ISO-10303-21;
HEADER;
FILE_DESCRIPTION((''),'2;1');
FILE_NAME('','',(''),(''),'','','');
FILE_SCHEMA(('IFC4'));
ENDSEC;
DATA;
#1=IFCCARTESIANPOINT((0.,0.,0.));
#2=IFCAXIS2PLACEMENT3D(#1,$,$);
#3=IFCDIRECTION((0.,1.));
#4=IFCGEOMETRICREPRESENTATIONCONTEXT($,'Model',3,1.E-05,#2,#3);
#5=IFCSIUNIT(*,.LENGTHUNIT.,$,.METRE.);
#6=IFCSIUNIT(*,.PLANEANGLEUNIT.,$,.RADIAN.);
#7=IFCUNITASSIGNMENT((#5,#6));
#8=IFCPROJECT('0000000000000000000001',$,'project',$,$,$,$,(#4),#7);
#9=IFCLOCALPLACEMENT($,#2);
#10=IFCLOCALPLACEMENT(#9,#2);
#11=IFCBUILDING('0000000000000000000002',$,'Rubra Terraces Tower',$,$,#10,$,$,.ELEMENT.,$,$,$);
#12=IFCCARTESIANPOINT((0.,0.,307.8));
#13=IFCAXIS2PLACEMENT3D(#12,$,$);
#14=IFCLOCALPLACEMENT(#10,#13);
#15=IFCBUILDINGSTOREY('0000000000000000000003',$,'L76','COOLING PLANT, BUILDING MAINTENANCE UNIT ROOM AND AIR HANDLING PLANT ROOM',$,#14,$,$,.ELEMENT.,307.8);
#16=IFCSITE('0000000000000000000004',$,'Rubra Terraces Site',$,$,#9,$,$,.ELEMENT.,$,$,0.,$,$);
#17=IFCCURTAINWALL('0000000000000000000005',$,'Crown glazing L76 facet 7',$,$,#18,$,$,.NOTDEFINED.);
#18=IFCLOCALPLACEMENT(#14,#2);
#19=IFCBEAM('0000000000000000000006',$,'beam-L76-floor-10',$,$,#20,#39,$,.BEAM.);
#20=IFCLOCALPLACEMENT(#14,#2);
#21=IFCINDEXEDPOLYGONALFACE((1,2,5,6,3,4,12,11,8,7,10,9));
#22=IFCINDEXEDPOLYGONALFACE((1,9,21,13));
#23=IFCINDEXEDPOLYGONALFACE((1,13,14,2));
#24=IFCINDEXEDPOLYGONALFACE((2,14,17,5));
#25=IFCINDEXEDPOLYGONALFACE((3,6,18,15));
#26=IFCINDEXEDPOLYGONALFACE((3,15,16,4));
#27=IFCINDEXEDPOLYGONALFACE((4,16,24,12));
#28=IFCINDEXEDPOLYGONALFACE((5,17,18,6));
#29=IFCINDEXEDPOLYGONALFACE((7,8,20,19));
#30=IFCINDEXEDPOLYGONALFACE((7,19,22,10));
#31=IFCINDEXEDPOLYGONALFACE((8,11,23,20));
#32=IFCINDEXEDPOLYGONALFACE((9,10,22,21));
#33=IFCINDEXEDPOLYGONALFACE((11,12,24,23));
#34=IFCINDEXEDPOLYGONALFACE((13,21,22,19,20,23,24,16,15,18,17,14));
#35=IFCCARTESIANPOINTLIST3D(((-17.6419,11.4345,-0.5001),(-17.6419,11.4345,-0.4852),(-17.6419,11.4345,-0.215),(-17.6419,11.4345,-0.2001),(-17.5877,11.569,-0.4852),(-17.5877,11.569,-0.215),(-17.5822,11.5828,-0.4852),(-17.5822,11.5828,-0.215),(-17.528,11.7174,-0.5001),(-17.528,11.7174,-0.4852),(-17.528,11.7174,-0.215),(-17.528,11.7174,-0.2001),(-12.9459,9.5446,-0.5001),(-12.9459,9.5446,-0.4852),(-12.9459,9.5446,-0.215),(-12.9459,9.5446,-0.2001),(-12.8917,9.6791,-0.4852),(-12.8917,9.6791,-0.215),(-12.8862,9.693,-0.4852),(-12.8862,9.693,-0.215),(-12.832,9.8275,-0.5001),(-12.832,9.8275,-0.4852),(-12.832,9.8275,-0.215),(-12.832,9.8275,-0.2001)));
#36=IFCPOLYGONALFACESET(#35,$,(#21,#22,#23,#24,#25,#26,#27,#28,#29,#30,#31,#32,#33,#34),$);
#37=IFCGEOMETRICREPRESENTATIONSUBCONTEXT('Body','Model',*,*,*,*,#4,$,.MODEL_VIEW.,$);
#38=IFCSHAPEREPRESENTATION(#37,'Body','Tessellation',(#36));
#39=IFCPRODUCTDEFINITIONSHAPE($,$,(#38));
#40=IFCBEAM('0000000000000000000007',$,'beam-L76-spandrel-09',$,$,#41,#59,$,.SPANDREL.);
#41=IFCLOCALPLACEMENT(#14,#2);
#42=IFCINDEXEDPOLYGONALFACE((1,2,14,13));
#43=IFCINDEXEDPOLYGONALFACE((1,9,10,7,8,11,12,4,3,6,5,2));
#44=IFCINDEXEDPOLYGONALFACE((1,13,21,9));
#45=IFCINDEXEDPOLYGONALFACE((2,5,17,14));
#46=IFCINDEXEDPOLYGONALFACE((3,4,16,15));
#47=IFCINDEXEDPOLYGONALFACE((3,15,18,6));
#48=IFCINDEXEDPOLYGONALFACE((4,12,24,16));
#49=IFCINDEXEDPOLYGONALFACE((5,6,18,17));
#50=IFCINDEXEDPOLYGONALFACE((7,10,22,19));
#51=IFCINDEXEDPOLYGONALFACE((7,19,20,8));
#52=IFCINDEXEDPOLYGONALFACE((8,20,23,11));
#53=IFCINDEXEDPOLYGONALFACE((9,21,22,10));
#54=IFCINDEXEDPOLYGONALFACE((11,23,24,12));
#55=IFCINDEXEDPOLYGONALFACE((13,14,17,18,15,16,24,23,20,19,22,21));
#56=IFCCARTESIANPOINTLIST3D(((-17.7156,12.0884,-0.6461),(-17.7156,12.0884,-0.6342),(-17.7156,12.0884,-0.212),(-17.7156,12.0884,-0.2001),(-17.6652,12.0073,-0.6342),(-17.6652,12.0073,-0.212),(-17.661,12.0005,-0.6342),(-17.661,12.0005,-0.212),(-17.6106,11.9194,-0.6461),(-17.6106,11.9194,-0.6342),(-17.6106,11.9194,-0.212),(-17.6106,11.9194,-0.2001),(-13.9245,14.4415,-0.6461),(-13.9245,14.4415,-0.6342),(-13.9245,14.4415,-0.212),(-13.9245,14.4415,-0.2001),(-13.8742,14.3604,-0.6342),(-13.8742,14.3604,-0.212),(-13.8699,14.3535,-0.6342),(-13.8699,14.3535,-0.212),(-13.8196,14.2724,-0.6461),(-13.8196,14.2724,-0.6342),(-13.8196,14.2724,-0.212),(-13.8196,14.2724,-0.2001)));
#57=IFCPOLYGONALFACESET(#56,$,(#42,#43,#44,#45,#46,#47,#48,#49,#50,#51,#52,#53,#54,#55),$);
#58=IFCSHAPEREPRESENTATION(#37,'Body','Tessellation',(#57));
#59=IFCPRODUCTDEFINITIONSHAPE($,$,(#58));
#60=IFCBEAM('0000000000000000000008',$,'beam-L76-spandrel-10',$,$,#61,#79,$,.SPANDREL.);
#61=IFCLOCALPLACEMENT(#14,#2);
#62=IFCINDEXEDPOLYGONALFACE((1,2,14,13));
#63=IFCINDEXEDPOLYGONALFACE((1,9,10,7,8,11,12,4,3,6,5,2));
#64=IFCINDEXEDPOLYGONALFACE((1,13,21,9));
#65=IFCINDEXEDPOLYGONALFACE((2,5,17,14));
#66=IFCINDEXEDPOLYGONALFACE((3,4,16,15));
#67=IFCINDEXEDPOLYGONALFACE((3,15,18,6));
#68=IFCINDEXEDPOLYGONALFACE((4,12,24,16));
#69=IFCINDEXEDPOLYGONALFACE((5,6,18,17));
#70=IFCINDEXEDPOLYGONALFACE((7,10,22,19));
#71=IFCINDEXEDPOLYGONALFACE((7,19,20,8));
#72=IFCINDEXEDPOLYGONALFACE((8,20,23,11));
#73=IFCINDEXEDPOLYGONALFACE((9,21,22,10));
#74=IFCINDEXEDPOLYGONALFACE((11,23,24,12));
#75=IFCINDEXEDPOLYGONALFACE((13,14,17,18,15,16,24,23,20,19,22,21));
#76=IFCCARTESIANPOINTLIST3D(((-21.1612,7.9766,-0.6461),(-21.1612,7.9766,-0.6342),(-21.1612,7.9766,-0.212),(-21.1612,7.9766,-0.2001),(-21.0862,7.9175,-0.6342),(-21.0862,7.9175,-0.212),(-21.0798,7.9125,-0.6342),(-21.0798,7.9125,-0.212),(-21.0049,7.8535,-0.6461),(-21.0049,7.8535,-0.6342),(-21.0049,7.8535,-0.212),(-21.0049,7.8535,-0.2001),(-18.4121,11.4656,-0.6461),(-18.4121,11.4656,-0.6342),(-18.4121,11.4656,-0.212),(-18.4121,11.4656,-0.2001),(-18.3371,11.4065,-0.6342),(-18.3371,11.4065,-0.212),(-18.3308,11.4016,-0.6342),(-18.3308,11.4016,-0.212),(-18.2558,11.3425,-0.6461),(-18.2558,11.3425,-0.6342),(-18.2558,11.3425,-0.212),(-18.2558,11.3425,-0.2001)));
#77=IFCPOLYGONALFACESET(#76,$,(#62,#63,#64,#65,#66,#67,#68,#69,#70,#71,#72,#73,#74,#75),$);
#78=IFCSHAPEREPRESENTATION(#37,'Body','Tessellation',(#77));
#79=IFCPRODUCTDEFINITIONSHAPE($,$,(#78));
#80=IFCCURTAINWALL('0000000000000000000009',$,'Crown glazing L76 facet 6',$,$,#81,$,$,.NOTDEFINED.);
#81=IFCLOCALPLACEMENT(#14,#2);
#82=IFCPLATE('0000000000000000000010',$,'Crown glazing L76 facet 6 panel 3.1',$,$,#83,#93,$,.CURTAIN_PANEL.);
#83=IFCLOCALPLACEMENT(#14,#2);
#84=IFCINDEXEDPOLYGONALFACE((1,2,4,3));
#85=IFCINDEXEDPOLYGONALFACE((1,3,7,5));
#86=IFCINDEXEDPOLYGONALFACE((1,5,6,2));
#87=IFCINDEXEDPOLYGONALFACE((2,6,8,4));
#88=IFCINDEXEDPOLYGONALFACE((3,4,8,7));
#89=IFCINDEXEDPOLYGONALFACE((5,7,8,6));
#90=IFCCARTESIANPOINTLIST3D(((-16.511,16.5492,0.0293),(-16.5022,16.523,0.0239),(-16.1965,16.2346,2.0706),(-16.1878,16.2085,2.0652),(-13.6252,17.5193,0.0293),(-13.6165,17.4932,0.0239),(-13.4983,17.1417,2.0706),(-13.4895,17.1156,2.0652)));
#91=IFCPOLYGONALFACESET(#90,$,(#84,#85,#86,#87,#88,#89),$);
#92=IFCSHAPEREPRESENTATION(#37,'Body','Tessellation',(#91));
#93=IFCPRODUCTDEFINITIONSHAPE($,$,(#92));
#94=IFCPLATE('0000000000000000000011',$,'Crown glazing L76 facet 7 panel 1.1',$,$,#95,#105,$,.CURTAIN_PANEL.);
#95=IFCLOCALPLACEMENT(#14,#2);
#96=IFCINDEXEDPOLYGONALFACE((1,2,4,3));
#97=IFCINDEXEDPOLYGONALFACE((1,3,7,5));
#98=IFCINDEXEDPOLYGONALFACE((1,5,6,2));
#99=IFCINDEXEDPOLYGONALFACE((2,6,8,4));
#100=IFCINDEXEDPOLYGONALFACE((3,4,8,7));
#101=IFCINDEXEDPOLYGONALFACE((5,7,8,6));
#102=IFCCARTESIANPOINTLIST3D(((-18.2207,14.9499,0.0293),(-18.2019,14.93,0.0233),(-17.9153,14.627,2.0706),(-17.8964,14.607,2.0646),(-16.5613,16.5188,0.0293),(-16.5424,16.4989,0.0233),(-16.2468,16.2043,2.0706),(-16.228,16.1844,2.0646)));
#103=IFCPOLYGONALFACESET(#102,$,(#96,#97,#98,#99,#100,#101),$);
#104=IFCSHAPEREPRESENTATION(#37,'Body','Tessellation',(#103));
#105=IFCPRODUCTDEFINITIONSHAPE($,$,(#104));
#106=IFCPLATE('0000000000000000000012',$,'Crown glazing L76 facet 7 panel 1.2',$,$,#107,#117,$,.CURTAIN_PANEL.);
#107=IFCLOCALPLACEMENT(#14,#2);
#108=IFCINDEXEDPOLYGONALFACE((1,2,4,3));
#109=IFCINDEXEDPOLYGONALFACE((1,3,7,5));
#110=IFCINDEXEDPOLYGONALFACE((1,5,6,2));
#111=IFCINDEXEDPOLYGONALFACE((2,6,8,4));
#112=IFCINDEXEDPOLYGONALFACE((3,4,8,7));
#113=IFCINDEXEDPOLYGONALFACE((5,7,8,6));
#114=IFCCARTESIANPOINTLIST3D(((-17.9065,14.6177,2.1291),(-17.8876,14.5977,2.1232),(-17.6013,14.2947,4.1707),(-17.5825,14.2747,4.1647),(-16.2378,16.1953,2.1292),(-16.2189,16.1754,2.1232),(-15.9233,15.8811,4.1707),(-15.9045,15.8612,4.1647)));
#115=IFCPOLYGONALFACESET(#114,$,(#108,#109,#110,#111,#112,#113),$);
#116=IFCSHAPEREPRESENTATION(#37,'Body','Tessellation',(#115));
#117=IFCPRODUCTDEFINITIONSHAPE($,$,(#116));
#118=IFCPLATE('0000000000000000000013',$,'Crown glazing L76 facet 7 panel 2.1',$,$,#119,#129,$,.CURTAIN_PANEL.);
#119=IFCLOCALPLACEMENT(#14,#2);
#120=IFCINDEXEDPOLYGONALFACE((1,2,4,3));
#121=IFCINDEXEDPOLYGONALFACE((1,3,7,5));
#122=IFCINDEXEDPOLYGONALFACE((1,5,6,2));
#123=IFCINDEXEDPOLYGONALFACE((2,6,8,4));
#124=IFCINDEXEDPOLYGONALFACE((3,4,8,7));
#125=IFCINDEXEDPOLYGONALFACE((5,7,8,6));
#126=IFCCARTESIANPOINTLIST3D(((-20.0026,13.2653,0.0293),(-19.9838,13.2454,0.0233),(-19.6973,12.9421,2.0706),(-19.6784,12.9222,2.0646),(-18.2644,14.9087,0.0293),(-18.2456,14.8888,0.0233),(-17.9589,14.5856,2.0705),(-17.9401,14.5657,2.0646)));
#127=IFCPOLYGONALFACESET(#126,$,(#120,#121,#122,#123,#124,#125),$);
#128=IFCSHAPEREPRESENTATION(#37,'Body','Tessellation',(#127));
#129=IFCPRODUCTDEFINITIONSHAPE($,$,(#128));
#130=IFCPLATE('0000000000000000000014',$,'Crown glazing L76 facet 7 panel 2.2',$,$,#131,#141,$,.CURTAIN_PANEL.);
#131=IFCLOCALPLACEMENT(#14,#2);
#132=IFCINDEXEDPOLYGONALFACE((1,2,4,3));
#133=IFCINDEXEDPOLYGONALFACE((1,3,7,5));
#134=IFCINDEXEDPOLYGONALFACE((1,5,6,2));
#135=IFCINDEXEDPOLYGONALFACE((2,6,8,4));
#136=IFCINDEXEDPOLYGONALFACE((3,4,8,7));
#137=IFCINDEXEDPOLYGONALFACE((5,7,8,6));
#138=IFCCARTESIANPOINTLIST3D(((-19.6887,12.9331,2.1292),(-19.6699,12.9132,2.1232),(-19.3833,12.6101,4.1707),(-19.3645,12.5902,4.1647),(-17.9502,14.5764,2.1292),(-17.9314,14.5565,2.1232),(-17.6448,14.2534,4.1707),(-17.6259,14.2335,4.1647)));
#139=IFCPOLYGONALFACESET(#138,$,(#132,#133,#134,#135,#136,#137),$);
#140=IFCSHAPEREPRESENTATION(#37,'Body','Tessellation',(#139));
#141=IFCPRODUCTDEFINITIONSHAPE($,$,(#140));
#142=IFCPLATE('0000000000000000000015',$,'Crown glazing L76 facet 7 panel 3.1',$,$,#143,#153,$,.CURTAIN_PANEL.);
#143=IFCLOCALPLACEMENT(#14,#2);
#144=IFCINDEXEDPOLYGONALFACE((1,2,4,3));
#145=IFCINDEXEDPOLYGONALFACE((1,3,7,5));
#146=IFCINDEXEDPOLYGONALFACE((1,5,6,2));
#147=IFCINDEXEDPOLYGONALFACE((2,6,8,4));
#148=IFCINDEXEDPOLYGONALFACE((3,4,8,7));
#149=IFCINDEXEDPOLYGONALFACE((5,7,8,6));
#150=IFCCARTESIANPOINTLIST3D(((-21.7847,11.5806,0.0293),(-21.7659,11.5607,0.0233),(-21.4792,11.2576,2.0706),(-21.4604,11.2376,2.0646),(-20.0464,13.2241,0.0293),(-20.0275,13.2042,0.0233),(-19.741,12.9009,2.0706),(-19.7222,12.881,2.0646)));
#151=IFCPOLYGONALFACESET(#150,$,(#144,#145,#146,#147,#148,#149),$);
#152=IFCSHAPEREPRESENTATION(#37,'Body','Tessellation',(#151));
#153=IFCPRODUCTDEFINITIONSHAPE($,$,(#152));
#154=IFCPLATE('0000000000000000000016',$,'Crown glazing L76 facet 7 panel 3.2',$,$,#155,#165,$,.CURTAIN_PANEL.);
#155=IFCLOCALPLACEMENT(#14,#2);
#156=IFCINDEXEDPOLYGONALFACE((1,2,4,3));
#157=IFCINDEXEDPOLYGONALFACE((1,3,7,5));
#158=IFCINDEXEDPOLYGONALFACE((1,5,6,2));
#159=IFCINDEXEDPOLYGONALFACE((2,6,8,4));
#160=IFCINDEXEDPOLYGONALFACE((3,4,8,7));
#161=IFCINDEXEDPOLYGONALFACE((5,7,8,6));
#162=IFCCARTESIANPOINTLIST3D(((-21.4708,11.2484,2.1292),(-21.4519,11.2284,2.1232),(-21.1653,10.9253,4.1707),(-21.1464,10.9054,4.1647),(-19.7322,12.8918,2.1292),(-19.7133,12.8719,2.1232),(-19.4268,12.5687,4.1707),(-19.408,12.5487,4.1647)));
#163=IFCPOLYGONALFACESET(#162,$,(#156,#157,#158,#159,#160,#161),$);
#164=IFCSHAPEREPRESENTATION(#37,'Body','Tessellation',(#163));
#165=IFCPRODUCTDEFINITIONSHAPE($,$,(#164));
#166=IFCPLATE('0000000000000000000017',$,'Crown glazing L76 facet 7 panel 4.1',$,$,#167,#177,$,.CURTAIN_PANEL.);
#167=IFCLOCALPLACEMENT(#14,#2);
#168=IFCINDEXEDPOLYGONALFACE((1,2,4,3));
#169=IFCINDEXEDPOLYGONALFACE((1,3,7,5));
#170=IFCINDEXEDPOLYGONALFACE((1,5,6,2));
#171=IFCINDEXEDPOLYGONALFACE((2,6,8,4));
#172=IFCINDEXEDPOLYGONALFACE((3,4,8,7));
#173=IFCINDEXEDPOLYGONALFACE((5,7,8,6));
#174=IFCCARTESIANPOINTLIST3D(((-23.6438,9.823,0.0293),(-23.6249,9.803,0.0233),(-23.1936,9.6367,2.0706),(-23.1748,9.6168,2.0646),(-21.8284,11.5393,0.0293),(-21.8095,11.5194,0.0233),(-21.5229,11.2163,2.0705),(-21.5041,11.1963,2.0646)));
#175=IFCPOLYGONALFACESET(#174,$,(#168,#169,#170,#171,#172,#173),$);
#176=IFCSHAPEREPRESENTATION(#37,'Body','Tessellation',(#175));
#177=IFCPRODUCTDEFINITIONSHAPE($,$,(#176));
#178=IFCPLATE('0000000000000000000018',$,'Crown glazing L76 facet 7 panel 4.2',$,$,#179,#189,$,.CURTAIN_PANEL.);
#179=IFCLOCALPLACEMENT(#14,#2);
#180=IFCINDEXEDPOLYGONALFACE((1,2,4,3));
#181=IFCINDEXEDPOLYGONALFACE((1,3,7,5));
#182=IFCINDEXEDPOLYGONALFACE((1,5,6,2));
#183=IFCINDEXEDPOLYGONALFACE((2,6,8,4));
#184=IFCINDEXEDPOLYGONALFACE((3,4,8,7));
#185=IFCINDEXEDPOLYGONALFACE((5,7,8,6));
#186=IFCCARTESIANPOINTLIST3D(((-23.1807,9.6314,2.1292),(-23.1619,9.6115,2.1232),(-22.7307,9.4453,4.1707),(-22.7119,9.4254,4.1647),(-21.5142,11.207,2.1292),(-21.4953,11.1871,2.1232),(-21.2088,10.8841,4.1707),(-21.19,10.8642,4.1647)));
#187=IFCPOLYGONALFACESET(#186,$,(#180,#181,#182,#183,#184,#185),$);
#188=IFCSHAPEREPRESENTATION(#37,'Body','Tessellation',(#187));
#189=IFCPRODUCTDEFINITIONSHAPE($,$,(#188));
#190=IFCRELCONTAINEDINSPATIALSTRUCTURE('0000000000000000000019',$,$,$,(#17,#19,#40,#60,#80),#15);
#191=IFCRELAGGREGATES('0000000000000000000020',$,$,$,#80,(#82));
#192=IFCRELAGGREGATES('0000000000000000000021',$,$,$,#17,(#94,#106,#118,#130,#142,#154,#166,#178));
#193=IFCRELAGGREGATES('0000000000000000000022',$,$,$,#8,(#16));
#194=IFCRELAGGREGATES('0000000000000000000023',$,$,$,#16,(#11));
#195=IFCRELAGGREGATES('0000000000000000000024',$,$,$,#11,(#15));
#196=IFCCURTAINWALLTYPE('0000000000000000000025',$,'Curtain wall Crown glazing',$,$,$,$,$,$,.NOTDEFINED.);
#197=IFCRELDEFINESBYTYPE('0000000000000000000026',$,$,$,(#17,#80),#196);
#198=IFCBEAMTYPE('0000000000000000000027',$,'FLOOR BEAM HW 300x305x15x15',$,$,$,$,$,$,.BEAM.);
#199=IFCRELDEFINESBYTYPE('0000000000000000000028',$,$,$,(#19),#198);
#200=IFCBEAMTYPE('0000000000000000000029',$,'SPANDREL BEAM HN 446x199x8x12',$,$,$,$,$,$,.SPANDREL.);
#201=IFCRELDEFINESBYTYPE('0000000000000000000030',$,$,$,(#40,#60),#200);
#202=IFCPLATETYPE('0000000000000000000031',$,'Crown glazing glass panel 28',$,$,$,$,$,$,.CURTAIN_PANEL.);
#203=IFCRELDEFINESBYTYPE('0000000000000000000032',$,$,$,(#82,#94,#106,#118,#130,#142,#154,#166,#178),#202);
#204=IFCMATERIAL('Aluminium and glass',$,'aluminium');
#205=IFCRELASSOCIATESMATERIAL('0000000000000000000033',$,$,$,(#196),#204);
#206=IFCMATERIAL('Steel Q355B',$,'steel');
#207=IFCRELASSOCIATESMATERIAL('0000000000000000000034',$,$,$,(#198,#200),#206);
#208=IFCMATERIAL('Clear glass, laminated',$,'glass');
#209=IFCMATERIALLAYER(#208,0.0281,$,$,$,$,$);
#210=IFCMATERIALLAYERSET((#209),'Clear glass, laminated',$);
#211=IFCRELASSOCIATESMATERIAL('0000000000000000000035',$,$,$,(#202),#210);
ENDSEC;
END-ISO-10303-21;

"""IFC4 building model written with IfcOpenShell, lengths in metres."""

from ifc_helpers import new_model, si_unit, direction, frame, origin, origin_2d, place, context, subcontext, project, spatial, polyline, i_section, outline, extrude, material, layer, layer_set, material_profile, profile_set, type_object, element, aggregate, save


model = new_model("IFC4")

# Units and contexts
model_context = context("Model", 3, precision=1e-05, world=origin(), true_north=direction((0.0, 1.0)))
body_context = subcontext(model_context, "Body", "Model", "MODEL_VIEW")
ifc_project = project(units=[si_unit("LENGTHUNIT", "METRE"), si_unit("PLANEANGLEUNIT", "RADIAN")], contexts=[model_context])

# Site, building, storey
site_placement = place(None, origin())
site = spatial("IfcSite", under=ifc_project, at=site_placement, Name="Rubra Terraces Site", CompositionType="ELEMENT", RefElevation=0.0)
building_placement = place(site_placement, origin())
building = spatial("IfcBuilding", under=site, at=building_placement, Name="Rubra Terraces Tower", CompositionType="ELEMENT")
storey_placement = place(building_placement, frame((0.0, 0.0, 307.8)))
storey = spatial("IfcBuildingStorey", under=building, at=storey_placement, Name="L76", Description="COOLING PLANT, BUILDING MAINTENANCE UNIT ROOM AND AIR HANDLING PLANT ROOM", CompositionType="ELEMENT", Elevation=307.8)

# Shared definitions
ifc_material_1 = material(Name="Steel Q355B", Category="steel")

# Curtain wall
ifc_material_2 = material(Name="Aluminium and glass", Category="aluminium")
curtain_wall_type = type_object("IfcCurtainWallType", Name="Curtain wall Crown glazing", PredefinedType="NOTDEFINED", material=ifc_material_2)
curtain_wall_1_placement = place(storey_placement, origin())
curtain_wall_1 = element("IfcCurtainWall", 1, at=curtain_wall_1_placement, inside=storey, type_object=curtain_wall_type, Name="Crown glazing L76 facet 7", PredefinedType="NOTDEFINED")

# Beams
ifc_material_profile_1 = material_profile(ifc_material_1, i_section(OverallWidth=0.3049, OverallDepth=0.3, WebThickness=0.0149, FlangeThickness=0.0149, at=origin_2d()), Name="HW 300x305x15x15")
ifc_profile_set_1 = profile_set([ifc_material_profile_1], Name="Steel Q355B")
beam_type_1 = type_object("IfcBeamType", Name="FLOOR BEAM HW 300x305x15x15", PredefinedType="BEAM", material=ifc_profile_set_1)
beam_1_placement = place(storey_placement, frame((-17.585, 11.5759, -0.3501), z_axis=(0.927693, -0.373344, 0.0), x_axis=(0.373344, 0.927693, 0.0)))
element("IfcBeam", 2, at=beam_1_placement, inside=storey, type_object=beam_type_1, Name="beam-L76-floor-10", PredefinedType="BEAM", context=body_context, shape_type="SweptSolid", body=[
    extrude(i_section(OverallWidth=0.3049, OverallDepth=0.3, WebThickness=0.0149, FlangeThickness=0.0149, at=origin_2d()), origin(), (0.0, 0.0, 1.0), 5.062),
])
ifc_material_profile_2 = material_profile(ifc_material_1, i_section(OverallWidth=0.199, OverallDepth=0.446, WebThickness=0.0081, FlangeThickness=0.012, at=origin_2d()), Name="HN 446x199x8x12")
ifc_profile_set_2 = profile_set([ifc_material_profile_2], Name="Steel Q355B")
beam_type_2 = type_object("IfcBeamType", Name="SPANDREL BEAM HN 446x199x8x12", PredefinedType="SPANDREL", material=ifc_profile_set_2)
beam_2_placement = place(storey_placement, frame((-13.8721, 14.3569, -0.4231), z_axis=(-0.849642, -0.52736, 0.0), x_axis=(0.52736, -0.849642, 0.0)))
element("IfcBeam", 3, at=beam_2_placement, inside=storey, type_object=beam_type_2, Name="beam-L76-spandrel-09", PredefinedType="SPANDREL", context=body_context, shape_type="SweptSolid", body=[
    extrude(i_section(OverallWidth=0.199, OverallDepth=0.446, WebThickness=0.0081, FlangeThickness=0.012, at=origin_2d()), origin(), (0.0, 0.0, 1.0), 4.4619),
])
beam_3_placement = place(storey_placement, frame((-18.334, 11.4041, -0.4231), z_axis=(-0.618887, -0.78548, 0.0), x_axis=(0.78548, -0.618887, 0.0)))
element("IfcBeam", 4, at=beam_3_placement, inside=storey, type_object=beam_type_2, Name="beam-L76-spandrel-10", PredefinedType="SPANDREL", context=body_context, shape_type="SweptSolid", body=[
    extrude(i_section(OverallWidth=0.199, OverallDepth=0.446, WebThickness=0.0081, FlangeThickness=0.012, at=origin_2d()), origin(), (0.0, 0.0, 1.0), 4.4419),
])

# Curtain wall, plate
curtain_wall_2_placement = place(storey_placement, origin())
curtain_wall_2 = element("IfcCurtainWall", 5, at=curtain_wall_2_placement, inside=storey, type_object=curtain_wall_type, Name="Crown glazing L76 facet 6", PredefinedType="NOTDEFINED")
ifc_material_3 = material(Name="Clear glass, laminated", Category="glass")
ifc_layer_1 = layer(ifc_material_3, 0.0281)
ifc_layer_set_1 = layer_set([ifc_layer_1], Name="Clear glass, laminated")
plate_type = type_object("IfcPlateType", Name="Crown glazing glass panel 28", PredefinedType="CURTAIN_PANEL", material=ifc_layer_set_1)
plate_1_placement = place(storey_placement, frame((-13.6252, 17.5193, 0.0293), z_axis=(-0.312751, 0.930322, 0.191539), x_axis=(-0.947872, -0.318652, 0.000006)))
plate_1 = element("IfcPlate", 6, at=plate_1_placement, type_object=plate_type, Name="Crown glazing L76 facet 6 panel 3.1", PredefinedType="CURTAIN_PANEL", context=body_context, shape_type="SweptSolid", body=[
    extrude(outline(polyline([(0.0, 0.0), (3.0445, 0.0), (2.8466, 2.0797), (0.0, 2.0798), (0.0, 0.0)])), origin(), (0.0, 0.0, -1.0), 0.0281),
])
aggregate(curtain_wall_2, [plate_1])

# Plates
plate_2_placement = place(storey_placement, frame((-16.5613, 16.5188, 0.0293), z_axis=(-0.671265, 0.710018, 0.212785), x_axis=(-0.72666, -0.686998, 0.0)))
plate_2 = element("IfcPlate", 7, at=plate_2_placement, type_object=plate_type, Name="Crown glazing L76 facet 7 panel 1.1", PredefinedType="CURTAIN_PANEL", context=body_context, shape_type="SweptSolid", body=[
    extrude(outline(polyline([(0.0, 0.0), (2.2836, 0.0), (2.2836, 2.0891), (-0.0125, 2.0891), (0.0, 0.0)])), origin(), (0.0, 0.0, -1.0), 0.0281),
])
plate_3_placement = place(storey_placement, frame((-16.2378, 16.1953, 2.1292), z_axis=(-0.671286, 0.71003, 0.212682), x_axis=(-0.726654, -0.687003, -0.000001)))
plate_3 = element("IfcPlate", 8, at=plate_3_placement, type_object=plate_type, Name="Crown glazing L76 facet 7 panel 1.2", PredefinedType="CURTAIN_PANEL", context=body_context, shape_type="SweptSolid", body=[
    extrude(outline(polyline([(0.0, 0.0), (2.2964, 0.0), (2.2966, 2.0893), (-0.0126, 2.0893), (0.0, 0.0)])), origin(), (0.0, 0.0, -1.0), 0.0281),
])
plate_4_placement = place(storey_placement, frame((-18.2644, 14.9087, 0.0293), z_axis=(-0.671265, 0.710006, 0.212827), x_axis=(-0.726655, -0.687003, -0.000008)))
plate_4 = element("IfcPlate", 9, at=plate_4_placement, type_object=plate_type, Name="Crown glazing L76 facet 7 panel 2.1", PredefinedType="CURTAIN_PANEL", context=body_context, shape_type="SweptSolid", body=[
    extrude(outline(polyline([(0.0, 0.0), (2.3921, 0.0), (2.3922, 2.0891), (-0.0001, 2.0891), (0.0, 0.0)])), origin(), (0.0, 0.0, -1.0), 0.0281),
])
plate_5_placement = place(storey_placement, frame((-17.9502, 14.5764, 2.1292), z_axis=(-0.671198, 0.710088, 0.212762), x_axis=(-0.726727, -0.686926, 0.0)))
plate_5 = element("IfcPlate", 10, at=plate_5_placement, type_object=plate_type, Name="Crown glazing L76 facet 7 panel 2.2", PredefinedType="CURTAIN_PANEL", context=body_context, shape_type="SweptSolid", body=[
    extrude(outline(polyline([(0.0, 0.0), (2.3923, 0.0), (2.3922, 2.0893), (-0.0001, 2.0893), (0.0, 0.0)])), origin(), (0.0, 0.0, -1.0), 0.0281),
])
plate_6_placement = place(storey_placement, frame((-20.0464, 13.2241, 0.0293), z_axis=(-0.671265, 0.710006, 0.212827), x_axis=(-0.726652, -0.687005, 0.000008)))
plate_6 = element("IfcPlate", 11, at=plate_6_placement, type_object=plate_type, Name="Crown glazing L76 facet 7 panel 3.1", PredefinedType="CURTAIN_PANEL", context=body_context, shape_type="SweptSolid", body=[
    extrude(outline(polyline([(0.0, 0.0), (2.3923, 0.0), (2.3922, 2.0891), (0.0002, 2.0891), (0.0, 0.0)])), origin(), (0.0, 0.0, -1.0), 0.0281),
])
plate_7_placement = place(storey_placement, frame((-19.7322, 12.8918, 2.1292), z_axis=(-0.671219, 0.710057, 0.212803), x_axis=(-0.726701, -0.686954, 0.000008)))
plate_7 = element("IfcPlate", 12, at=plate_7_placement, type_object=plate_type, Name="Crown glazing L76 facet 7 panel 3.2", PredefinedType="CURTAIN_PANEL", context=body_context, shape_type="SweptSolid", body=[
    extrude(outline(polyline([(0.0, 0.0), (2.3924, 0.0), (2.3924, 2.0893), (0.0001, 2.0894), (0.0, 0.0)])), origin(), (0.0, 0.0, -1.0), 0.0281),
])
plate_8_placement = place(storey_placement, frame((-21.8284, 11.5393, 0.0293), z_axis=(-0.67127, 0.710005, 0.212813), x_axis=(-0.726651, -0.687007, -0.000005)))
plate_8 = element("IfcPlate", 13, at=plate_8_placement, type_object=plate_type, Name="Crown glazing L76 facet 7 panel 4.1", PredefinedType="CURTAIN_PANEL", context=body_context, shape_type="SweptSolid", body=[
    extrude(outline(polyline([(0.0, 0.0), (2.4983, 0.0), (2.2991, 2.0891), (0.0, 2.0891), (0.0, 0.0)])), origin(), (0.0, 0.0, -1.0), 0.0281),
])
plate_9_placement = place(storey_placement, frame((-21.5142, 11.207, 2.1292), z_axis=(-0.671271, 0.710035, 0.212708), x_axis=(-0.726663, -0.686994, 0.000011)))
plate_9 = element("IfcPlate", 14, at=plate_9_placement, type_object=plate_type, Name="Crown glazing L76 facet 7 panel 4.2", PredefinedType="CURTAIN_PANEL", context=body_context, shape_type="SweptSolid", body=[
    extrude(outline(polyline([(0.0, 0.0), (2.2935, 0.0), (2.0943, 2.0893), (0.0, 2.0893), (0.0, 0.0)])), origin(), (0.0, 0.0, -1.0), 0.0281),
])
aggregate(curtain_wall_1, [plate_2, plate_3, plate_4, plate_5, plate_6, plate_7, plate_8, plate_9])

save(model, "model.ifc")
